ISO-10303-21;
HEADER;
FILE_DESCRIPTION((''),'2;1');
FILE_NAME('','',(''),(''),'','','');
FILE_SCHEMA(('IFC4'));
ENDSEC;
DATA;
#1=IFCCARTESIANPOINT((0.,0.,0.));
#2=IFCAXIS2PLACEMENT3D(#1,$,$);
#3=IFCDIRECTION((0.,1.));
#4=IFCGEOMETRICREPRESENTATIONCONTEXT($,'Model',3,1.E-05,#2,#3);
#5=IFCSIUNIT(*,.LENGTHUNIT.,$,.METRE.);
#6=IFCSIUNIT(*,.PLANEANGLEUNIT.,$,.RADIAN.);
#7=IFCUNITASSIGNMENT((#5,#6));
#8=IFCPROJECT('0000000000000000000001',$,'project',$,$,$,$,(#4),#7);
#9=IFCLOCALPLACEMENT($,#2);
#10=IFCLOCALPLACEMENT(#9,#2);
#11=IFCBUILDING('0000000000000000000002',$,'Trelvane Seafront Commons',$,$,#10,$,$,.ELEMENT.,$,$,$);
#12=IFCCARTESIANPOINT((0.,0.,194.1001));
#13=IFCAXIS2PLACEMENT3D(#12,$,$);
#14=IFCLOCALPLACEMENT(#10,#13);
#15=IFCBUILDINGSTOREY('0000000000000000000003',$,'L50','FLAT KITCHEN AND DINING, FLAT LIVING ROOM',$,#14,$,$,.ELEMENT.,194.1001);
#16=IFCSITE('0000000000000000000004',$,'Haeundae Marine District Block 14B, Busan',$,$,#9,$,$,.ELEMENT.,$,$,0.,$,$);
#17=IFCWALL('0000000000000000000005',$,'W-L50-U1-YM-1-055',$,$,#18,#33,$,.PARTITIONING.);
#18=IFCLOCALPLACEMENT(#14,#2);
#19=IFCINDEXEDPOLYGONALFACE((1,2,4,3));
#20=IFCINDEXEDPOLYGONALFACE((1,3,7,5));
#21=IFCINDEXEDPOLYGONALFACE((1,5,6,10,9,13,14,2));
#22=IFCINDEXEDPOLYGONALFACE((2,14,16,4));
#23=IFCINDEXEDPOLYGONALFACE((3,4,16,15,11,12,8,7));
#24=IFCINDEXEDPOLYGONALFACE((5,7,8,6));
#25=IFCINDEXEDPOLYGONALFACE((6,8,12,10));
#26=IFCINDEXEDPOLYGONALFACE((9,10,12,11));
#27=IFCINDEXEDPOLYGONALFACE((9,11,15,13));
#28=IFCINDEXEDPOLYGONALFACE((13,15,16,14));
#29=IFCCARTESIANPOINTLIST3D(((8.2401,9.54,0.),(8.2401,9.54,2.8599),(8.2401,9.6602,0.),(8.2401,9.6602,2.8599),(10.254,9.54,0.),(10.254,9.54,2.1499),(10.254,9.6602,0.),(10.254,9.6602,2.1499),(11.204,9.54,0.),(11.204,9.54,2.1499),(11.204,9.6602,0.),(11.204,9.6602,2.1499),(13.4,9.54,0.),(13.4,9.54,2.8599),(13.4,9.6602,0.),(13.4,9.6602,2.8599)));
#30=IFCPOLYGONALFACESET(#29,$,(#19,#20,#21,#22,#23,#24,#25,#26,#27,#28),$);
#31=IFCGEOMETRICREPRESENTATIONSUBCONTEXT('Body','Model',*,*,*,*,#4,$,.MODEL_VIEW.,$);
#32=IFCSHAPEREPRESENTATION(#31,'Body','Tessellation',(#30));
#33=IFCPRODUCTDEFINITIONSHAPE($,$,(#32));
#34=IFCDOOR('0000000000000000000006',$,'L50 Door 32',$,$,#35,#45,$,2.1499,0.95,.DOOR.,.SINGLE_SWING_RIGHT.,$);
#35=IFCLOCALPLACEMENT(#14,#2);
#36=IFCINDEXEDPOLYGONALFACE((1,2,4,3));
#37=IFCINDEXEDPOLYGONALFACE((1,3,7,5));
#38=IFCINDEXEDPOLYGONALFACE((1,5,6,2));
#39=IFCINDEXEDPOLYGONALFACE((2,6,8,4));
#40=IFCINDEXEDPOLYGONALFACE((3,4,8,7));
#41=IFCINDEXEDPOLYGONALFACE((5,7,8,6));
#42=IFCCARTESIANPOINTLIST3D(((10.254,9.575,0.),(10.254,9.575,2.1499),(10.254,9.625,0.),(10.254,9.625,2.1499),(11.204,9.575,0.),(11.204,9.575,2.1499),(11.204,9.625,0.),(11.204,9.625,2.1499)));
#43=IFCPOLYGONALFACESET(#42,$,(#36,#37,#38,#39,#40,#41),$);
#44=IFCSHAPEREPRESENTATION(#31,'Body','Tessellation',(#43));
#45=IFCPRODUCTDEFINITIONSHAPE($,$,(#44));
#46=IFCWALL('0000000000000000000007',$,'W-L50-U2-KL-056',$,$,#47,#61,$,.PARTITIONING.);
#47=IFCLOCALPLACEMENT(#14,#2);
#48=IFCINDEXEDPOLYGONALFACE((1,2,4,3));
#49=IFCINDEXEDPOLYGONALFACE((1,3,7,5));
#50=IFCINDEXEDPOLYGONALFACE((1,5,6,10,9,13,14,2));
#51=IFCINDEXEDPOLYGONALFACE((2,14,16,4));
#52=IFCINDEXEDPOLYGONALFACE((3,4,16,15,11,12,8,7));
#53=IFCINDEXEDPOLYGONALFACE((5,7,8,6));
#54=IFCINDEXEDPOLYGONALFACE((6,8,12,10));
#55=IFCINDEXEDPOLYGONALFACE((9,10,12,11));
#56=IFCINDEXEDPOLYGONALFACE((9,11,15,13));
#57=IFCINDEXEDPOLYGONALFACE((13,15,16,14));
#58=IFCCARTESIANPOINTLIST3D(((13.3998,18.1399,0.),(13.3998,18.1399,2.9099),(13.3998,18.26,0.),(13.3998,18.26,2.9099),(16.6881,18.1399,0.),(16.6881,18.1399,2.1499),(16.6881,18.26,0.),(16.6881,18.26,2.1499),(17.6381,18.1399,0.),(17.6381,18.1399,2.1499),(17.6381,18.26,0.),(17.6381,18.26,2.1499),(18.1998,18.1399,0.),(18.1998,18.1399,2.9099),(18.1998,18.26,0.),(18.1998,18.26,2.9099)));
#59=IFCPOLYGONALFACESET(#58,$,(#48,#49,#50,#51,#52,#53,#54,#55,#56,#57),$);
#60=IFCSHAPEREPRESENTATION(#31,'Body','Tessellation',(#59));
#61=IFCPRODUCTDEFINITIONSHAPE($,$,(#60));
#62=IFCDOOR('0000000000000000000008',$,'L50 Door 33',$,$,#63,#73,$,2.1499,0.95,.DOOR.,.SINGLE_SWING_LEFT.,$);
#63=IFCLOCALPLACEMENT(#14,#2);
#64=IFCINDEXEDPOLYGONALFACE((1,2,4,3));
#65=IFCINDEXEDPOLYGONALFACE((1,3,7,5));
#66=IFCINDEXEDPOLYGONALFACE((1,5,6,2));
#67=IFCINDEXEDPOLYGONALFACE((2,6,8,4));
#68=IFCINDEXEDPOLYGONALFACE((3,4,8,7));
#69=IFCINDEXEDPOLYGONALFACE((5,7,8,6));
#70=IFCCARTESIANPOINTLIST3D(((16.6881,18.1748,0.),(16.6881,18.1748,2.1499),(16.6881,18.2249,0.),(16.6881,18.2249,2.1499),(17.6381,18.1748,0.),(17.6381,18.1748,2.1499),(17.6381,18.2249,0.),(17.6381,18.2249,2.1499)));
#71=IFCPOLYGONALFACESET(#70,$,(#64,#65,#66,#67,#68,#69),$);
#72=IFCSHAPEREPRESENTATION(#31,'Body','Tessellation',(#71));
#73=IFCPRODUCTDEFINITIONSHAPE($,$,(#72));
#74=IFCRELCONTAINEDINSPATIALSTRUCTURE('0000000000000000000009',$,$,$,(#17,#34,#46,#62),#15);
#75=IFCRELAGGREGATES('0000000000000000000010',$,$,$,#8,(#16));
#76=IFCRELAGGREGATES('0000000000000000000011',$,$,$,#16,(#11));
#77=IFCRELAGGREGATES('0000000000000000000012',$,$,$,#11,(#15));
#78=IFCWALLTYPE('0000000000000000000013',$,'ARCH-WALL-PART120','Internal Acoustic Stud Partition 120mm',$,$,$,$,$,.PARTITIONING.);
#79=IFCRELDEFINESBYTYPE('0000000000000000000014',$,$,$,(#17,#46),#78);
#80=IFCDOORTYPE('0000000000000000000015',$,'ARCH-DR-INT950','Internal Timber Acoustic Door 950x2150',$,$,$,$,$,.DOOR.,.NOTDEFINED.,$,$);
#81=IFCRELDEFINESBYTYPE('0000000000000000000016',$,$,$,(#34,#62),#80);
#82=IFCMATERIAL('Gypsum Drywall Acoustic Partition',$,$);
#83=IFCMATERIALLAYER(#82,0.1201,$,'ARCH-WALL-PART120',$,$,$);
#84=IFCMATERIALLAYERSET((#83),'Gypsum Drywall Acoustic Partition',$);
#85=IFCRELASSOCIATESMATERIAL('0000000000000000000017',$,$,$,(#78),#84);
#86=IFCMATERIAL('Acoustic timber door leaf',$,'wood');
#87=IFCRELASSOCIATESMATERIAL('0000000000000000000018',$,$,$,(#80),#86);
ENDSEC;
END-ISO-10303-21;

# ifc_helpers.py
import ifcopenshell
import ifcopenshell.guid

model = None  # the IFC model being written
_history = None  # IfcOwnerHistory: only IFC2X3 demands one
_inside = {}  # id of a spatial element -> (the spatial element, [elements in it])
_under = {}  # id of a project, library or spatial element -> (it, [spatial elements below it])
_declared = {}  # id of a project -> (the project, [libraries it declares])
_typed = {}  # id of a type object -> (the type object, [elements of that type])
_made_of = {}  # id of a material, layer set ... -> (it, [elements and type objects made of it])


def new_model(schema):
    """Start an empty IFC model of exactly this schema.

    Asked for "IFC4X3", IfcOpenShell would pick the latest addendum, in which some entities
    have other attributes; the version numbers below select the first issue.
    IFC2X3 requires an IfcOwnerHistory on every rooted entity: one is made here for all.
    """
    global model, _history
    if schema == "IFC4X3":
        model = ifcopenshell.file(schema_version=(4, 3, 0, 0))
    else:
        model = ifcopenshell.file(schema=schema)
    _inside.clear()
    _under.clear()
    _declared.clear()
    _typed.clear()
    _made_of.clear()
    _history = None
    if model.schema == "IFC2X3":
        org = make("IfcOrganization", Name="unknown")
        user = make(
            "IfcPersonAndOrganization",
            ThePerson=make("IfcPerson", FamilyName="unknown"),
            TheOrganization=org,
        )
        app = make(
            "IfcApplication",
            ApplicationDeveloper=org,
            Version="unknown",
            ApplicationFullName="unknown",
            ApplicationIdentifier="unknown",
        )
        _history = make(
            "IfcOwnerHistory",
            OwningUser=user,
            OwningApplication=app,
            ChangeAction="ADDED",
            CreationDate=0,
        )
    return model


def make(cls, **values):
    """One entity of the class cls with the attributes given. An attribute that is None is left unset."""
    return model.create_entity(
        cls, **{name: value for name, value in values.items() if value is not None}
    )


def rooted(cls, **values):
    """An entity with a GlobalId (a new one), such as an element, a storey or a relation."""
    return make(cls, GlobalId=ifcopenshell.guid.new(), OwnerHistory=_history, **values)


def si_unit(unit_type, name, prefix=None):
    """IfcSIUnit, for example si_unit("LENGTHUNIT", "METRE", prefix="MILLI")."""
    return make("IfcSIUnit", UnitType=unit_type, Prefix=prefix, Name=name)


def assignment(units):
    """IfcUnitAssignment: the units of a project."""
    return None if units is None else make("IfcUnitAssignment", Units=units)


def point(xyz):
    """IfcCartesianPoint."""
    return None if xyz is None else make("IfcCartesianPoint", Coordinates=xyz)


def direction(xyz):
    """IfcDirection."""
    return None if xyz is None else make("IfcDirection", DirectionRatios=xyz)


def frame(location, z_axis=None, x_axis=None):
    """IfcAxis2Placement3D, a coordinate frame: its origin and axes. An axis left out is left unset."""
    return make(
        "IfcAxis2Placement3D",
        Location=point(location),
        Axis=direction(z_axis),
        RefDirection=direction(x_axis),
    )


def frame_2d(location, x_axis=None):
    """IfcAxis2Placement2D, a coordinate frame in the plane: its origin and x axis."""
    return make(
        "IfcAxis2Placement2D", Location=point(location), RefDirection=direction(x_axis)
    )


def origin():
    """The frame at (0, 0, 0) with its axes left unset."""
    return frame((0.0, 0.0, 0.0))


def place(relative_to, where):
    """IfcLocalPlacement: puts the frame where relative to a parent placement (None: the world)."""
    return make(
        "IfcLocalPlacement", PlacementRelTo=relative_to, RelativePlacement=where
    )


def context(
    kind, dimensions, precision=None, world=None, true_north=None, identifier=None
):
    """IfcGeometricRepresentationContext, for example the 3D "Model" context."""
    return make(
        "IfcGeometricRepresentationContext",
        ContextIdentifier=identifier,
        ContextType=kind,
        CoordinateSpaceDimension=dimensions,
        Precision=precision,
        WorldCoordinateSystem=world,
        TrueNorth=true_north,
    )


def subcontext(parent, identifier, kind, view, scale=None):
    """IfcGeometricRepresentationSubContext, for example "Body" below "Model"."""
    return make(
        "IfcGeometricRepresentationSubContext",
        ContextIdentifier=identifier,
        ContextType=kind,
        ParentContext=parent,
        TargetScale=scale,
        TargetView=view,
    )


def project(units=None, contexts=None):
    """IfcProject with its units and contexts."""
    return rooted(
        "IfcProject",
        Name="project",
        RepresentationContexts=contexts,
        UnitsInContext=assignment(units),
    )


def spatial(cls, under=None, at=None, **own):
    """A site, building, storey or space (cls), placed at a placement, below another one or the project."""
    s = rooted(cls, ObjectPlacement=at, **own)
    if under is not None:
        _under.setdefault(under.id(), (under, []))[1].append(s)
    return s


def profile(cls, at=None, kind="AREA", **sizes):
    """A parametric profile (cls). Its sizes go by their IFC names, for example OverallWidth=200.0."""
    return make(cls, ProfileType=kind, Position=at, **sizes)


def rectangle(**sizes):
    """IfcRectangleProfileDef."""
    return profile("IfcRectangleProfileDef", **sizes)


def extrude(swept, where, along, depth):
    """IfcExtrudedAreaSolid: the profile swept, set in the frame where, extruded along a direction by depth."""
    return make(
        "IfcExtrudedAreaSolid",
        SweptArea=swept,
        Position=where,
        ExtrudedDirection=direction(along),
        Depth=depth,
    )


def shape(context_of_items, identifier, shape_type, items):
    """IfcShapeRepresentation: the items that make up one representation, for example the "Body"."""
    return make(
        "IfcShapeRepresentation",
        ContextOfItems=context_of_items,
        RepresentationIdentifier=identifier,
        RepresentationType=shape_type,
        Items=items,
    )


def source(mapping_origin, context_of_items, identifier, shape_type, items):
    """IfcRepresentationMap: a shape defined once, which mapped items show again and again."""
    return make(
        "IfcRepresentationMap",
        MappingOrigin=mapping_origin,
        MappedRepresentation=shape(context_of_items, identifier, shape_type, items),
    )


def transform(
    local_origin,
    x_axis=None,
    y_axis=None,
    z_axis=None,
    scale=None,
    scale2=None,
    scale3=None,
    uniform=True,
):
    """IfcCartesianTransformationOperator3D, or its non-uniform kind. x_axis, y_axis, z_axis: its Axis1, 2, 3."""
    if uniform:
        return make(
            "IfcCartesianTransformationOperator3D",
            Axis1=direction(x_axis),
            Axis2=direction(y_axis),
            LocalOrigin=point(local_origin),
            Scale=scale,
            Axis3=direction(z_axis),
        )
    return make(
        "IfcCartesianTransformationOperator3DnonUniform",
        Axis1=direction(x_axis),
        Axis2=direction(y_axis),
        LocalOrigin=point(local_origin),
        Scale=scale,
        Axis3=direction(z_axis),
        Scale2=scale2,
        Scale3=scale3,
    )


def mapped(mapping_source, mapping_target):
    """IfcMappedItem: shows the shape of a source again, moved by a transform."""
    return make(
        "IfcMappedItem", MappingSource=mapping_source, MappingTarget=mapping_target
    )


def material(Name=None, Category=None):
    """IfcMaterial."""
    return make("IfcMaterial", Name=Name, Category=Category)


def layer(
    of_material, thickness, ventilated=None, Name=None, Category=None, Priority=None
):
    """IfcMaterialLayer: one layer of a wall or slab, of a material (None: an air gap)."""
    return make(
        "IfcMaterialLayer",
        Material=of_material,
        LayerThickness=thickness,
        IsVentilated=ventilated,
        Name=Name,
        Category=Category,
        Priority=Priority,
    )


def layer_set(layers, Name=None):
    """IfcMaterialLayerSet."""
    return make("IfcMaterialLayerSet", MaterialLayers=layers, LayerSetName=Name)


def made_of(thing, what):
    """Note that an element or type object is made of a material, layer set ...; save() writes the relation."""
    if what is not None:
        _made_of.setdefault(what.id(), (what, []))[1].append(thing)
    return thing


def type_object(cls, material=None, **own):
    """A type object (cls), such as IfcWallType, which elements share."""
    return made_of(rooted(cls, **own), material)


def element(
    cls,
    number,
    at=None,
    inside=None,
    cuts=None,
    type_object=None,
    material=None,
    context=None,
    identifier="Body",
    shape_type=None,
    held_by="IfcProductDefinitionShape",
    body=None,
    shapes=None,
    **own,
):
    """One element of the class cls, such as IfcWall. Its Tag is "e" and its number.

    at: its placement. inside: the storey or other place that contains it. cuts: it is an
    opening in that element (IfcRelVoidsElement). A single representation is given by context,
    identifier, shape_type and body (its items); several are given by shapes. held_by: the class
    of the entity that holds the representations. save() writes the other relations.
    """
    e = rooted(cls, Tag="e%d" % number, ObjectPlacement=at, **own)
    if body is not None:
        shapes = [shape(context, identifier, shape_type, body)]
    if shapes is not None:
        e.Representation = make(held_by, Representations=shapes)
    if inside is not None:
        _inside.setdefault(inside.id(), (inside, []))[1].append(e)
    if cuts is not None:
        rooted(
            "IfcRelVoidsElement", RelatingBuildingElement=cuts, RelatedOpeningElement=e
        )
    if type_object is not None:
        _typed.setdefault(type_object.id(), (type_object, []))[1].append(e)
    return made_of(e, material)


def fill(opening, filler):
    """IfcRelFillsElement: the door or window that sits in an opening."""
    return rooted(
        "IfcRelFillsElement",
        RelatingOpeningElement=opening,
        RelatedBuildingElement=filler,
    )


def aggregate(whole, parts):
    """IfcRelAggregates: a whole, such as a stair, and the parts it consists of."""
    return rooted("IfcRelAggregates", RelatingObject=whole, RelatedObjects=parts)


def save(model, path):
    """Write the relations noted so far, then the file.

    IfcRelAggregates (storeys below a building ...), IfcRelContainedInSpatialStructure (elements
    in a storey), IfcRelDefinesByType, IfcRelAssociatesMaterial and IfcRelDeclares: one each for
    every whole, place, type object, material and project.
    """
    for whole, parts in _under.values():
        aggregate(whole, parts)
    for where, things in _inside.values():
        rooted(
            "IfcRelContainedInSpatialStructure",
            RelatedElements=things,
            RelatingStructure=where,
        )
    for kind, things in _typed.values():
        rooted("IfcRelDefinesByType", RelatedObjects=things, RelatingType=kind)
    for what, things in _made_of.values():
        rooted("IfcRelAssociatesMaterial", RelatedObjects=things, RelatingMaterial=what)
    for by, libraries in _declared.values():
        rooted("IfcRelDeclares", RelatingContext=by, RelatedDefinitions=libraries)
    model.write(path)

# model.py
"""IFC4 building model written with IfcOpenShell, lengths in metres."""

from ifc_helpers import new_model, si_unit, direction, frame, frame_2d, origin, place, context, subcontext, project, spatial, rectangle, extrude, source, transform, mapped, material, layer, layer_set, type_object, element, fill, save


model = new_model("IFC4")

# Units and contexts
model_context = context("Model", 3, precision=1e-05, world=origin(), true_north=direction((0.0, 1.0)))
body_context = subcontext(model_context, "Body", "Model", "MODEL_VIEW")
ifc_project = project(units=[si_unit("LENGTHUNIT", "METRE"), si_unit("PLANEANGLEUNIT", "RADIAN")], contexts=[model_context])

# Site, building, storey
site_placement = place(None, origin())
site = spatial("IfcSite", under=ifc_project, at=site_placement, Name="Haeundae Marine District Block 14B, Busan", CompositionType="ELEMENT", RefElevation=0.0)
building_placement = place(site_placement, origin())
building = spatial("IfcBuilding", under=site, at=building_placement, Name="Trelvane Seafront Commons", CompositionType="ELEMENT")
storey_placement = place(building_placement, frame((0.0, 0.0, 194.1001)))
storey = spatial("IfcBuildingStorey", under=building, at=storey_placement, Name="L50", Description="FLAT KITCHEN AND DINING, FLAT LIVING ROOM", CompositionType="ELEMENT", Elevation=194.1001)

# Walls, openings, doors
ifc_material_1 = material(Name="Gypsum Drywall Acoustic Partition")
ifc_layer_1 = layer(ifc_material_1, 0.1201, Name="ARCH-WALL-PART120")
ifc_layer_set_1 = layer_set([ifc_layer_1], Name="Gypsum Drywall Acoustic Partition")
wall_type_1 = type_object("IfcWallType", Name="ARCH-WALL-PART120", Description="Internal Acoustic Stud Partition 120mm", PredefinedType="PARTITIONING", material=ifc_layer_set_1)
ifc_material_2 = material(Name="Acoustic timber door leaf", Category="wood")
door_type = type_object("IfcDoorType", Name="ARCH-DR-INT950", Description="Internal Timber Acoustic Door 950x2150", OperationType="NOTDEFINED", PredefinedType="DOOR", material=ifc_material_2)
shared_shape_1 = source(origin(), body_context, "Body", "SweptSolid", [
    extrude(rectangle(XDim=0.95, YDim=2.1499, at=frame_2d((0.4751, 1.075))), frame((0.0, 0.0249, 0.0), z_axis=(0.0, -1.0, 0.0), x_axis=(1.0, 0.0, 0.0)), (0.0, 0.0, 1.0), 0.05),
])
wall_1_placement = place(storey_placement, frame((8.24, 9.6001, 0.0), z_axis=(0.0, 0.0, 1.0), x_axis=(1.0, 0.0, 0.0)))
wall_1 = element("IfcWall", 1, at=wall_1_placement, inside=storey, type_object=wall_type_1, Name="W-L50-U1-YM-1-055", PredefinedType="PARTITIONING", context=body_context, shape_type="SweptSolid", body=[
    extrude(rectangle(XDim=5.1599, YDim=0.1201, at=frame_2d((2.5801, 0.0))), origin(), (0.0, 0.0, 1.0), 2.8599),
])
opening_1_placement = place(wall_1_placement, frame((2.0139, 0.0, 0.0)))
opening_1 = element("IfcOpeningElement", 2, at=opening_1_placement, cuts=wall_1, PredefinedType="OPENING", context=body_context, shape_type="SweptSolid", body=[
    extrude(rectangle(XDim=0.95, YDim=2.1499, at=frame_2d((0.4751, 1.075))), frame((0.0, 0.0701, 0.0), z_axis=(0.0, -1.0, 0.0), x_axis=(1.0, 0.0, 0.0)), (0.0, 0.0, 1.0), 0.1401),
])
door_1_placement = place(opening_1_placement, origin())
door_1 = element("IfcDoor", 3, at=door_1_placement, inside=storey, type_object=door_type, Name="L50 Door 32", OperationType="SINGLE_SWING_RIGHT", OverallHeight=2.1499, OverallWidth=0.95, PredefinedType="DOOR", context=body_context, shape_type="MappedRepresentation", body=[
    mapped(shared_shape_1, transform((0.0, 0.0, 0.0), x_axis=(1.0, 0.0, 0.0), y_axis=(0.0, 1.0, 0.0), z_axis=(0.0, 0.0, 1.0), scale=1.0)),
])
fill(opening_1, door_1)
wall_2_placement = place(storey_placement, frame((13.3999, 18.2, 0.0), z_axis=(0.0, 0.0, 1.0), x_axis=(1.0, 0.0, 0.0)))
wall_2 = element("IfcWall", 4, at=wall_2_placement, inside=storey, type_object=wall_type_1, Name="W-L50-U2-KL-056", PredefinedType="PARTITIONING", context=body_context, shape_type="SweptSolid", body=[
    extrude(rectangle(XDim=4.8, YDim=0.1201, at=frame_2d((2.3999, 0.0))), origin(), (0.0, 0.0, 1.0), 2.9099),
])
opening_2_placement = place(wall_2_placement, frame((3.2881, 0.0, 0.0)))
opening_2 = element("IfcOpeningElement", 5, at=opening_2_placement, cuts=wall_2, PredefinedType="OPENING", context=body_context, shape_type="SweptSolid", body=[
    extrude(rectangle(XDim=0.95, YDim=2.1499, at=frame_2d((0.4751, 1.075))), frame((0.0, 0.0701, 0.0), z_axis=(0.0, -1.0, 0.0), x_axis=(1.0, 0.0, 0.0)), (0.0, 0.0, 1.0), 0.1401),
])
door_2_placement = place(opening_2_placement, origin())
door_2 = element("IfcDoor", 6, at=door_2_placement, inside=storey, type_object=door_type, Name="L50 Door 33", OperationType="SINGLE_SWING_LEFT", OverallHeight=2.1499, OverallWidth=0.95, PredefinedType="DOOR", context=body_context, shape_type="MappedRepresentation", body=[
    mapped(shared_shape_1, transform((0.0, 0.0, 0.0), x_axis=(1.0, 0.0, 0.0), y_axis=(0.0, 1.0, 0.0), z_axis=(0.0, 0.0, 1.0), scale=1.0)),
])
fill(opening_2, door_2)

save(model, "model.ifc")
